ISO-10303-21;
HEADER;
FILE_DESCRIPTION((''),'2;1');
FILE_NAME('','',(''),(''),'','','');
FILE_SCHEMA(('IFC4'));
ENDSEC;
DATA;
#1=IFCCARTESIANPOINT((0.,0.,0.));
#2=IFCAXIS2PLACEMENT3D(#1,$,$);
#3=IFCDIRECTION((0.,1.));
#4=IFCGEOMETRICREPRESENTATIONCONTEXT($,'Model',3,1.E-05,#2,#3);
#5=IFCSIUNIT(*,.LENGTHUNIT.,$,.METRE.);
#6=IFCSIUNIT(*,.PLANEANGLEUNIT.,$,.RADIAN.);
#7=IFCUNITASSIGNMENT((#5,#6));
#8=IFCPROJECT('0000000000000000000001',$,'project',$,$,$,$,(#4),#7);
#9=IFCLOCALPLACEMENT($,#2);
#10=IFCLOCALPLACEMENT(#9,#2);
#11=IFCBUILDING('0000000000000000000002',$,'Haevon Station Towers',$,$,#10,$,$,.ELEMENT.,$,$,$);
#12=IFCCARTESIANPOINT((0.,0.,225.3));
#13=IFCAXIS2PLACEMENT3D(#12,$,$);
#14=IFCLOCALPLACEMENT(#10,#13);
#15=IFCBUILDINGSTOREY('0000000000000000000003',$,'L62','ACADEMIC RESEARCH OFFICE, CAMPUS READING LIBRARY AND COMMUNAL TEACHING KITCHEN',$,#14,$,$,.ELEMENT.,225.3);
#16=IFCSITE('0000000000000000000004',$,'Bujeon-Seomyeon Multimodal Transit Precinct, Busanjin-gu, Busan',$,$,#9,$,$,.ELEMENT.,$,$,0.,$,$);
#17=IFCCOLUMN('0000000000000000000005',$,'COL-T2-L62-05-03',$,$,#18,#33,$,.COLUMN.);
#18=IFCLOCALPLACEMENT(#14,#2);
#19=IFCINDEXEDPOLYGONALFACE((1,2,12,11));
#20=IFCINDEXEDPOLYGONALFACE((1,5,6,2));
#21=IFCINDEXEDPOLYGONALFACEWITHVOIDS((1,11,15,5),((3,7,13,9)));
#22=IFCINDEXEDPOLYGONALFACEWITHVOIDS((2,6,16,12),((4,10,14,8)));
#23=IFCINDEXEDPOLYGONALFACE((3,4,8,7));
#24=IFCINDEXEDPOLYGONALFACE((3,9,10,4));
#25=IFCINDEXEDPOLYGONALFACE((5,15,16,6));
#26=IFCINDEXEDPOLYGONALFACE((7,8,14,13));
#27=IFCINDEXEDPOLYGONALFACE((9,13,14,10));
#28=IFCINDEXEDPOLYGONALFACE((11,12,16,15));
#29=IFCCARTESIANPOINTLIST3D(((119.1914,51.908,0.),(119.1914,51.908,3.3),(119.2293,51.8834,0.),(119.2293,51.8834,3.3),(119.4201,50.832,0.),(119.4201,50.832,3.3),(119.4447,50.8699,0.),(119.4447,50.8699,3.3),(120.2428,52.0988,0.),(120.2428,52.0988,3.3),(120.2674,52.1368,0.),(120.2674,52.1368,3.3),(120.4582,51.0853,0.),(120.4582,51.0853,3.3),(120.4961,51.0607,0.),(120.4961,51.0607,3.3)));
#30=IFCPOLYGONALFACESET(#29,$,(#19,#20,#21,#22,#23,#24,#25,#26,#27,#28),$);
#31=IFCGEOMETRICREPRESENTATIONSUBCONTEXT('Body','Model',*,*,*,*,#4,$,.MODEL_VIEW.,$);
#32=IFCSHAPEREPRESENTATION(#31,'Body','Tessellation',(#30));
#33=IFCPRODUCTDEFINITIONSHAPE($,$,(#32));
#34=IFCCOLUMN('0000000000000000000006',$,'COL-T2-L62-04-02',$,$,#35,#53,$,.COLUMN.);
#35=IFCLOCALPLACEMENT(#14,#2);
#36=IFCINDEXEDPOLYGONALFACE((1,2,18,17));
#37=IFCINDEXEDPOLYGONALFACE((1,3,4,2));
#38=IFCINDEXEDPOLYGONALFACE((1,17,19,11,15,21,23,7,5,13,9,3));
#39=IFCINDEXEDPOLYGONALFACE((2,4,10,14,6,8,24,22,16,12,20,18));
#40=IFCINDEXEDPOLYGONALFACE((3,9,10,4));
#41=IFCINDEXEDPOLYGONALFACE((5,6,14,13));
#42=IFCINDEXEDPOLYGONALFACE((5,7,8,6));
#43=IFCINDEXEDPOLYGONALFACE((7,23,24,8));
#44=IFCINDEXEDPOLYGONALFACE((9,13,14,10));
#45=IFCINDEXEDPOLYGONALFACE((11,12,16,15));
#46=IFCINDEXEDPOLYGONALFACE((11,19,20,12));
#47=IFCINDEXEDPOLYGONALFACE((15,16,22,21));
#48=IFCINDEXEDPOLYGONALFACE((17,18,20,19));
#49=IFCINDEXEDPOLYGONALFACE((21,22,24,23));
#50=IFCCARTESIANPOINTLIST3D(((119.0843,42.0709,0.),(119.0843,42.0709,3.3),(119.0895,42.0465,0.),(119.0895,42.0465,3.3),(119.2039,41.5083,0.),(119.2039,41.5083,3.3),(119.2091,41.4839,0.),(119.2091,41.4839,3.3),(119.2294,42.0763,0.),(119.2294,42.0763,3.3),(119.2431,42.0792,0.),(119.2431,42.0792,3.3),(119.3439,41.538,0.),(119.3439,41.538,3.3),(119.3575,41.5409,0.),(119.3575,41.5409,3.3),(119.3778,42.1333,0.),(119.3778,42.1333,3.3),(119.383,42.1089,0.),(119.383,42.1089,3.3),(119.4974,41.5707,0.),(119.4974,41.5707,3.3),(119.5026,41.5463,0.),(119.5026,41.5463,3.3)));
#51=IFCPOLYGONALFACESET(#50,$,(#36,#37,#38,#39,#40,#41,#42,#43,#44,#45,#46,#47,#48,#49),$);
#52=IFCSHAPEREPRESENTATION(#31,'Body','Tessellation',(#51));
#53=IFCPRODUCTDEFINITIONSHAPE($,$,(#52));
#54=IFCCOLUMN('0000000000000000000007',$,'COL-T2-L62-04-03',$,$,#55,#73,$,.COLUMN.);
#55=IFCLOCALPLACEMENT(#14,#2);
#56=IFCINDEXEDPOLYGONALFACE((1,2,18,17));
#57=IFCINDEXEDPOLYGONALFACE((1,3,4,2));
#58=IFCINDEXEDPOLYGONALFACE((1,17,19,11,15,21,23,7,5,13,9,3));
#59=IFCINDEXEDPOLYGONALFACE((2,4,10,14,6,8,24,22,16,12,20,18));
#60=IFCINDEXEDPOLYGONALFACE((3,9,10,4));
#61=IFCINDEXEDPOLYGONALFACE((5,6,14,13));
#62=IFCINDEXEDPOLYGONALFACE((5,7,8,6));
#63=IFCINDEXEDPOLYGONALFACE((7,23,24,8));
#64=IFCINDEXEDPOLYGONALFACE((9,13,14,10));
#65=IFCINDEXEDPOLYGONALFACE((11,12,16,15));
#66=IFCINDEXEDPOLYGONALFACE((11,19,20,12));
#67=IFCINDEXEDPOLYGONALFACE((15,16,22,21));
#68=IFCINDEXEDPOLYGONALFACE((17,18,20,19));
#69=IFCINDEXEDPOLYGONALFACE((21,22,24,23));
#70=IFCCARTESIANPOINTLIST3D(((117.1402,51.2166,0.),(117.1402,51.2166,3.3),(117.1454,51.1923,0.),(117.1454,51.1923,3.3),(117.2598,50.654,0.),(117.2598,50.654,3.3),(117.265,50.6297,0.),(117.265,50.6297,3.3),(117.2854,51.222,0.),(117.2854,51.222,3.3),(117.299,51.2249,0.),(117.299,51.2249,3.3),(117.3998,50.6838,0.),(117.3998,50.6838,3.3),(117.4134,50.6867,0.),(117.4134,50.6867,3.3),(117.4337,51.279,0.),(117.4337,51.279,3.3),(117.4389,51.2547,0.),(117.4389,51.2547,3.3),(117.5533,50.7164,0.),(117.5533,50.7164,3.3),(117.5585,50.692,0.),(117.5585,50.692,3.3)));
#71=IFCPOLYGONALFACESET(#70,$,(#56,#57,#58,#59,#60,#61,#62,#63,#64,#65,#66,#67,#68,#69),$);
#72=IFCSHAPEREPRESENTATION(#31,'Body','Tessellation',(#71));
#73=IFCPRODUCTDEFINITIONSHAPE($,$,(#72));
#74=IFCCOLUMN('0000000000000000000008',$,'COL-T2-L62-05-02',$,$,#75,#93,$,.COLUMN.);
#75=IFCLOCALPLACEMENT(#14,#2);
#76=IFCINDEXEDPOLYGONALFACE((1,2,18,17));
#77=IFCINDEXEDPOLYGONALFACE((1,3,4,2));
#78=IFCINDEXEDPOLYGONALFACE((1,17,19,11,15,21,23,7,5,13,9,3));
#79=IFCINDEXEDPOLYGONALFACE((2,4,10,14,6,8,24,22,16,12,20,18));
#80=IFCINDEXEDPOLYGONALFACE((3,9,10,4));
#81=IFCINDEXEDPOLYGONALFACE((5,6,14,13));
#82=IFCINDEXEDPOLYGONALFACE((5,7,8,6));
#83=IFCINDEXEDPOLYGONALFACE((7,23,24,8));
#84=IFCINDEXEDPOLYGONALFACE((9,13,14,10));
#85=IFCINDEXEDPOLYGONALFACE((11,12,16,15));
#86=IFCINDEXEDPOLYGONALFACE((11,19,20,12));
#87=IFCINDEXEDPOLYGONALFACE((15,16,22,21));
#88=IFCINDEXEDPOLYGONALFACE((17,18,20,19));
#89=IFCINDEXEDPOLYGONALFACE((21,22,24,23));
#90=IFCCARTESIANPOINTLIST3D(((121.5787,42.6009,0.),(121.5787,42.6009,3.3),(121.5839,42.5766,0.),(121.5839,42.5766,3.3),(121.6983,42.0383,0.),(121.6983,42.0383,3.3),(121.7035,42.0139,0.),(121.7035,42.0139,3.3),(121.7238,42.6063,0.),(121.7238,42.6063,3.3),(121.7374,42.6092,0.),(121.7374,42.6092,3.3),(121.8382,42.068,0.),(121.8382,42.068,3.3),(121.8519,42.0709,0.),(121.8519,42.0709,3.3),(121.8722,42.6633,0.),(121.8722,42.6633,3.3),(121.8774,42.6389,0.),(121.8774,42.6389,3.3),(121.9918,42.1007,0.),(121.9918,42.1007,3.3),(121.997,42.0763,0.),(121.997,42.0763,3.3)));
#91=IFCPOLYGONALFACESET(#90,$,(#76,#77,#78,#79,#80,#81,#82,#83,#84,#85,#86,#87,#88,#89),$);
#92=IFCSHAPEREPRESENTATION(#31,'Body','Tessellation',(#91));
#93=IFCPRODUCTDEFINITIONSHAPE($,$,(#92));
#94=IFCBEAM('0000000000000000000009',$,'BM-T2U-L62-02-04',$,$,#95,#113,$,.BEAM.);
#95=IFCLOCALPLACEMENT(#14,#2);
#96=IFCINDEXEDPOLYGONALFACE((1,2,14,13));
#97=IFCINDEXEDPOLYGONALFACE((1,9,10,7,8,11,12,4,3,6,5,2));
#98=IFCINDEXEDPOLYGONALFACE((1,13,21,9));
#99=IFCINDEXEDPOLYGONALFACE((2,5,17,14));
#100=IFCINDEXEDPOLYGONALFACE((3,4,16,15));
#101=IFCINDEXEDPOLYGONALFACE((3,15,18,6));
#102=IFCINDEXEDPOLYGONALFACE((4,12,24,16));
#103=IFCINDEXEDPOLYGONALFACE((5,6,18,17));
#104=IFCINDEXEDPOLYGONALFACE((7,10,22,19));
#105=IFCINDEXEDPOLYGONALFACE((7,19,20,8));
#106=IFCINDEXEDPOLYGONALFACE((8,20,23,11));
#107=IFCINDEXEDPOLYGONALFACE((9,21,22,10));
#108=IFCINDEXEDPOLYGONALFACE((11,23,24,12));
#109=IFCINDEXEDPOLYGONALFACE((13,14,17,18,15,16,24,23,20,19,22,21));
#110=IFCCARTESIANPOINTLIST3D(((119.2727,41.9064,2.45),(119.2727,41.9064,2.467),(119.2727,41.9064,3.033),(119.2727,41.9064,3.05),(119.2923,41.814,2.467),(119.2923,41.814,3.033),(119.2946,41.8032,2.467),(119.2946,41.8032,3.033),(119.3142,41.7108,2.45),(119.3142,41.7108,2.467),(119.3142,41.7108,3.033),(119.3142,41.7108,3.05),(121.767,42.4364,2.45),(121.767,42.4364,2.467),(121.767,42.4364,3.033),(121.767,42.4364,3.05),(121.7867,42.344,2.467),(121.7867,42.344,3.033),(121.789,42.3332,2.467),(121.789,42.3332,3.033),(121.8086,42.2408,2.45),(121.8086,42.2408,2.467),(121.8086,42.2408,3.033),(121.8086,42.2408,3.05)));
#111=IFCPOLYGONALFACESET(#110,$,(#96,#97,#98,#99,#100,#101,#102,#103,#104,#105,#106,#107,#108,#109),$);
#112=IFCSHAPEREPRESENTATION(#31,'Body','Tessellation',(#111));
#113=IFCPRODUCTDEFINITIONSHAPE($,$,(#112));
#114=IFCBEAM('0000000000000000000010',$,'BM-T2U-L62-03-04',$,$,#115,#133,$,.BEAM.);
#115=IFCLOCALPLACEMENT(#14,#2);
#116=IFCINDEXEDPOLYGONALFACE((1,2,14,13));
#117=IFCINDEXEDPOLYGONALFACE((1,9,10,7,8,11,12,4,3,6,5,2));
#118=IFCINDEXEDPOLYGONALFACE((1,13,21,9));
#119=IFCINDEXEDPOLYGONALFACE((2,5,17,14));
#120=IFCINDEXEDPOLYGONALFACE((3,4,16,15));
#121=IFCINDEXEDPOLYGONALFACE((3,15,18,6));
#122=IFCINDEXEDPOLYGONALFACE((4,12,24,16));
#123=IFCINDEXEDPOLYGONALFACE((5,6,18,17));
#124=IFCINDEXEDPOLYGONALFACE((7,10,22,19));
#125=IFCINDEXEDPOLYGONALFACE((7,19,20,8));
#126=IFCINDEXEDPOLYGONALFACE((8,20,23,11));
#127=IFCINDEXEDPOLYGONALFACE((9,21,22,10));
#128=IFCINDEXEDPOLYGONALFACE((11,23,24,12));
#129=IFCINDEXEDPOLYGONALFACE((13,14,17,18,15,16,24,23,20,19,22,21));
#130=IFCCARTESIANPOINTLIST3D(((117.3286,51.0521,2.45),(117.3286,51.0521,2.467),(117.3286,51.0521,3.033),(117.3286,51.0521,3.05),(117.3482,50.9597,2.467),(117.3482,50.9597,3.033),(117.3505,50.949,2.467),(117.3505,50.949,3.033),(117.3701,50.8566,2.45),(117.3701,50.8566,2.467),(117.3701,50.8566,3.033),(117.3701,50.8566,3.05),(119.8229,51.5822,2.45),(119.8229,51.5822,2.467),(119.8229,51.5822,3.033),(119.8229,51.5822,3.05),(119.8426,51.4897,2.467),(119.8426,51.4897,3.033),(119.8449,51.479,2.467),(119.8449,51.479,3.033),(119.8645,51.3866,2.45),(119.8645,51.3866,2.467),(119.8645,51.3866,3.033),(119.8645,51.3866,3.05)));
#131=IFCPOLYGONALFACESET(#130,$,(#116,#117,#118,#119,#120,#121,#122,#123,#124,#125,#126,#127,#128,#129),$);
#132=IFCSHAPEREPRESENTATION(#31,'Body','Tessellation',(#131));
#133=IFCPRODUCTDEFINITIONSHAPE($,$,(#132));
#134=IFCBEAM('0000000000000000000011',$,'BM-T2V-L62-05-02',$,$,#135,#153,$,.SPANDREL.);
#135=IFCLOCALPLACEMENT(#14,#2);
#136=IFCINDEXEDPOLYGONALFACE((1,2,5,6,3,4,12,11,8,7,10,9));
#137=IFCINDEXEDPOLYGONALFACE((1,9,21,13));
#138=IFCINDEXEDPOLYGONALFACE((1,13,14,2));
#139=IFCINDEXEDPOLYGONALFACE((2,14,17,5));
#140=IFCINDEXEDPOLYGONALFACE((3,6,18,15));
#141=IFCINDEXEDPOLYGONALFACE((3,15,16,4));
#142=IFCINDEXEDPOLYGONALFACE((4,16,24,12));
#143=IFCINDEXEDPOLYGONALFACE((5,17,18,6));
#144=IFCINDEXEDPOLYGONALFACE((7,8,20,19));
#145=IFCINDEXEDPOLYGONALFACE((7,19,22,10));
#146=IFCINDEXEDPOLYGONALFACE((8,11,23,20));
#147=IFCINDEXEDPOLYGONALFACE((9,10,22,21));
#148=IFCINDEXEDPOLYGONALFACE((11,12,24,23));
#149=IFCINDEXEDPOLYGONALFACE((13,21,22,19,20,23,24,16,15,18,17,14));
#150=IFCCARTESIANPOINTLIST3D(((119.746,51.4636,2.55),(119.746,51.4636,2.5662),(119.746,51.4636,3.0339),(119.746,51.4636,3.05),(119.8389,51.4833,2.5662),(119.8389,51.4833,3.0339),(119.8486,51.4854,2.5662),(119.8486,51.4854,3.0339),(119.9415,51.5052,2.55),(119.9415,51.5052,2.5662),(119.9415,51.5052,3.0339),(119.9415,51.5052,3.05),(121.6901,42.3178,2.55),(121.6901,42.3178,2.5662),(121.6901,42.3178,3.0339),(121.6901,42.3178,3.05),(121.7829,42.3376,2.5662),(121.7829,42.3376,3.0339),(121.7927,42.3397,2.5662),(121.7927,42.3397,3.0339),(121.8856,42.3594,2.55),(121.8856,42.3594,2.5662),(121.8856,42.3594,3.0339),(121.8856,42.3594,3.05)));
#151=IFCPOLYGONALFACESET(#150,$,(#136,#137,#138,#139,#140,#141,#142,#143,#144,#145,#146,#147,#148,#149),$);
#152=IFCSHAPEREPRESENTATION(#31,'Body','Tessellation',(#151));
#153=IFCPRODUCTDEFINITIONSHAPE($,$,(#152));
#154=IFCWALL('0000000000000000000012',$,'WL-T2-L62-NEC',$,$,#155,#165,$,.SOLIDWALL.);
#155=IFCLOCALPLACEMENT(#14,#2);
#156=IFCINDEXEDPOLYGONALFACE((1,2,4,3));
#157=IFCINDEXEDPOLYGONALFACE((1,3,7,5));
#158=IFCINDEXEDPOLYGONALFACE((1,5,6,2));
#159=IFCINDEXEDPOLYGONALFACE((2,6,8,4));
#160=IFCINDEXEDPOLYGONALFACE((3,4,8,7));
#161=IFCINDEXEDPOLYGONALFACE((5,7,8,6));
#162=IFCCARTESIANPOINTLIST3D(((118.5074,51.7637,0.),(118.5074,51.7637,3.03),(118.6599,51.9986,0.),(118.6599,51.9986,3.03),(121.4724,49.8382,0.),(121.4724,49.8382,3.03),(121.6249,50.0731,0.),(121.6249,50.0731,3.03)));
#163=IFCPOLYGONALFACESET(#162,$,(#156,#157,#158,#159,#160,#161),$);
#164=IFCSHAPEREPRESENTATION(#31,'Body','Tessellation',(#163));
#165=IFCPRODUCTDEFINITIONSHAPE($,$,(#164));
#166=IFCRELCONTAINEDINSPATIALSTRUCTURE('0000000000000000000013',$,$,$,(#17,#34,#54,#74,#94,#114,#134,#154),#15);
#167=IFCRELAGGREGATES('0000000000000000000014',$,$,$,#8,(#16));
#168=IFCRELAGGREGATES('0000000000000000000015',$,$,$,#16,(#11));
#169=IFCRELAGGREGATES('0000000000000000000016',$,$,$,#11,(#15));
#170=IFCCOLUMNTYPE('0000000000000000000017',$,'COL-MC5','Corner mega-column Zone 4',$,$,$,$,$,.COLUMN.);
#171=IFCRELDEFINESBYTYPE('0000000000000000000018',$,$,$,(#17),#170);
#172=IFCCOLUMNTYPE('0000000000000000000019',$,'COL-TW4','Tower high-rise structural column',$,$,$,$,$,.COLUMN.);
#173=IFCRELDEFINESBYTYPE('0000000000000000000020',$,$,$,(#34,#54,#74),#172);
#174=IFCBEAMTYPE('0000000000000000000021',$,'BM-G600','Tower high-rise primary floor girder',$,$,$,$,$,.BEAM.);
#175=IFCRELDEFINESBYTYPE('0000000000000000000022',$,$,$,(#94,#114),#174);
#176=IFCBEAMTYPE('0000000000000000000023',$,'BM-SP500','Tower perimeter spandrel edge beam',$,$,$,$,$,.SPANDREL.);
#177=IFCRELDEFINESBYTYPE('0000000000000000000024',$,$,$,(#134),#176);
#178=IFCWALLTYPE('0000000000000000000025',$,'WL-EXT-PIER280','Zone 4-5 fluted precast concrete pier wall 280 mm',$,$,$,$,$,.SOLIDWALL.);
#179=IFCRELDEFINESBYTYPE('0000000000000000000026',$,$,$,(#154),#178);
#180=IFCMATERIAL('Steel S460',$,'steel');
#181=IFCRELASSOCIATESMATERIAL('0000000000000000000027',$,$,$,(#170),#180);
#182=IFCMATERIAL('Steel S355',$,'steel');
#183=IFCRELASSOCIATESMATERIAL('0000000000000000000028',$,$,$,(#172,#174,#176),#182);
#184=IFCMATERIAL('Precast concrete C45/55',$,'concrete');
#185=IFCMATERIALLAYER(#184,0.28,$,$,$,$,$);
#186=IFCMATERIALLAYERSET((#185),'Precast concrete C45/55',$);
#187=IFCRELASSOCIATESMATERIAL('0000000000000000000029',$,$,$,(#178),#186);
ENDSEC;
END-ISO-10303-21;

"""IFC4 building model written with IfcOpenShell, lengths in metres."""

from ifc_helpers import new_model, si_unit, direction, frame, frame_2d, origin, origin_2d, place, context, subcontext, project, spatial, rectangle, hollow_rectangle, i_section, extrude, material, layer, layer_set, material_profile, profile_set, type_object, element, save


model = new_model("IFC4")

# Units and contexts
model_context = context("Model", 3, precision=1e-05, world=origin(), true_north=direction((0.0, 1.0)))
body_context = subcontext(model_context, "Body", "Model", "MODEL_VIEW")
ifc_project = project(units=[si_unit("LENGTHUNIT", "METRE"), si_unit("PLANEANGLEUNIT", "RADIAN")], contexts=[model_context])

# Site, building, storey
site_placement = place(None, origin())
site = spatial("IfcSite", under=ifc_project, at=site_placement, Name="Bujeon-Seomyeon Multimodal Transit Precinct, Busanjin-gu, Busan", CompositionType="ELEMENT", RefElevation=0.0)
building_placement = place(site_placement, origin())
building = spatial("IfcBuilding", under=site, at=building_placement, Name="Haevon Station Towers", CompositionType="ELEMENT")
storey_placement = place(building_placement, frame((0.0, 0.0, 225.3)))
storey = spatial("IfcBuildingStorey", under=building, at=storey_placement, Name="L62", Description="ACADEMIC RESEARCH OFFICE, CAMPUS READING LIBRARY AND COMMUNAL TEACHING KITCHEN", CompositionType="ELEMENT", Elevation=225.3)

# Columns
ifc_material_1 = material(Name="Steel S460", Category="steel")
ifc_material_profile_1 = material_profile(ifc_material_1, hollow_rectangle(XDim=1.1001, YDim=1.1001, WallThickness=0.032, at=origin_2d()), Name="BOX-1100x1100x32")
ifc_profile_set_1 = profile_set([ifc_material_profile_1], Name="Steel S460")
column_type_1 = type_object("IfcColumnType", Name="COL-MC5", Description="Corner mega-column Zone 4", PredefinedType="COLUMN", material=ifc_profile_set_1)
column_placement = place(storey_placement, frame((119.8438, 51.4844, 0.0), z_axis=(0.0, 0.0, 1.0), x_axis=(0.978148, 0.207912, 0.0)))
element("IfcColumn", 1, at=column_placement, inside=storey, type_object=column_type_1, Name="COL-T2-L62-05-03", PredefinedType="COLUMN", context=body_context, shape_type="SweptSolid", body=[
    extrude(hollow_rectangle(XDim=1.1001, YDim=1.1001, WallThickness=0.032, at=origin_2d()), origin(), (0.0, 0.0, 1.0), 3.3),
])
ifc_material_2 = material(Name="Steel S355", Category="steel")
ifc_material_profile_2 = material_profile(ifc_material_2, i_section(OverallWidth=0.3, OverallDepth=0.6001, WebThickness=0.0139, FlangeThickness=0.0249, at=origin_2d()), Name="H-600x300x14x25")
ifc_profile_set_2 = profile_set([ifc_material_profile_2], Name="Steel S355")
column_type_2 = type_object("IfcColumnType", Name="COL-TW4", Description="Tower high-rise structural column", PredefinedType="COLUMN", material=ifc_profile_set_2)
for number, where, z_axis, x_axis, name in (
    (2, (119.2935, 41.8086, 0.0), (0.0, 0.0, 1.0), (0.978148, 0.207912, 0.0), "COL-T2-L62-04-02"),
    (3, (117.3494, 50.9543, 0.0), (0.0, 0.0, 1.0), (0.978148, 0.207912, 0.0), "COL-T2-L62-04-03"),
    (4, (121.7878, 42.3386, 0.0), (0.0, 0.0, 1.0), (0.978148, 0.207912, 0.0), "COL-T2-L62-05-02"),
):
    element("IfcColumn", number, at=place(storey_placement, frame(where, z_axis=z_axis, x_axis=x_axis)), inside=storey, type_object=column_type_2, Name=name, PredefinedType="COLUMN", context=body_context, shape_type="SweptSolid", body=[
        extrude(i_section(OverallWidth=0.3, OverallDepth=0.6001, WebThickness=0.0139, FlangeThickness=0.0249, at=origin_2d()), origin(), (0.0, 0.0, 1.0), 3.3),
    ])

# Beams
ifc_material_profile_3 = material_profile(ifc_material_2, i_section(OverallWidth=0.2, OverallDepth=0.6001, WebThickness=0.011, FlangeThickness=0.0171, at=origin_2d()), Name="H-600x200x11x17")
ifc_profile_set_3 = profile_set([ifc_material_profile_3], Name="Steel S355")
beam_type_1 = type_object("IfcBeamType", Name="BM-G600", Description="Tower high-rise primary floor girder", PredefinedType="BEAM", material=ifc_profile_set_3)
for number, where, z_axis, x_axis, name in (
    (5, (119.2935, 41.8086, 2.75), (0.978161, 0.207848, 0.0), (-0.207848, 0.978161, 0.0), "BM-T2U-L62-02-04"),
    (6, (117.3494, 50.9543, 2.75), (0.978161, 0.207848, 0.0), (-0.207848, 0.978161, 0.0), "BM-T2U-L62-03-04"),
):
    element("IfcBeam", number, at=place(storey_placement, frame(where, z_axis=z_axis, x_axis=x_axis)), inside=storey, type_object=beam_type_1, Name=name, PredefinedType="BEAM", context=body_context, shape_type="SweptSolid", body=[
        extrude(i_section(OverallWidth=0.2, OverallDepth=0.6001, WebThickness=0.011, FlangeThickness=0.0171, at=origin_2d()), origin(), (0.0, 0.0, 1.0), 2.55),
    ])
ifc_material_profile_4 = material_profile(ifc_material_2, i_section(OverallWidth=0.2, OverallDepth=0.5, WebThickness=0.01, FlangeThickness=0.0161, at=origin_2d()), Name="H-500x200x10x16")
ifc_profile_set_4 = profile_set([ifc_material_profile_4], Name="Steel S355")
beam_type_2 = type_object("IfcBeamType", Name="BM-SP500", Description="Tower perimeter spandrel edge beam", PredefinedType="SPANDREL", material=ifc_profile_set_4)
beam_placement = place(storey_placement, frame((121.7878, 42.3386, 2.8), z_axis=(-0.207922, 0.978145, 0.0), x_axis=(-0.978145, -0.207922, 0.0)))
element("IfcBeam", 7, at=beam_placement, inside=storey, type_object=beam_type_2, Name="BM-T2V-L62-05-02", PredefinedType="SPANDREL", context=body_context, shape_type="SweptSolid", body=[
    extrude(i_section(OverallWidth=0.2, OverallDepth=0.5, WebThickness=0.01, FlangeThickness=0.0161, at=origin_2d()), origin(), (0.0, 0.0, 1.0), 9.3501),
])

# Wall
ifc_material_3 = material(Name="Precast concrete C45/55", Category="concrete")
ifc_layer = layer(ifc_material_3, 0.28)
ifc_layer_set = layer_set([ifc_layer], Name="Precast concrete C45/55")
wall_type = type_object("IfcWallType", Name="WL-EXT-PIER280", Description="Zone 4-5 fluted precast concrete pier wall 280 mm", PredefinedType="SOLIDWALL", material=ifc_layer_set)
wall_1_placement = place(storey_placement, frame((118.5837, 51.8811, 0.0), z_axis=(0.0, 0.0, 1.0), x_axis=(0.838672, -0.544636, 0.0)))
element("IfcWall", 8, at=wall_1_placement, inside=storey, type_object=wall_type, Name="WL-T2-L62-NEC", PredefinedType="SOLIDWALL", context=body_context, shape_type="SweptSolid", body=[
    extrude(rectangle(XDim=3.5354, YDim=0.28, at=frame_2d((1.7676, 0.0))), origin(), (0.0, 0.0, 1.0), 3.03),
])

save(model, "model.ifc")
